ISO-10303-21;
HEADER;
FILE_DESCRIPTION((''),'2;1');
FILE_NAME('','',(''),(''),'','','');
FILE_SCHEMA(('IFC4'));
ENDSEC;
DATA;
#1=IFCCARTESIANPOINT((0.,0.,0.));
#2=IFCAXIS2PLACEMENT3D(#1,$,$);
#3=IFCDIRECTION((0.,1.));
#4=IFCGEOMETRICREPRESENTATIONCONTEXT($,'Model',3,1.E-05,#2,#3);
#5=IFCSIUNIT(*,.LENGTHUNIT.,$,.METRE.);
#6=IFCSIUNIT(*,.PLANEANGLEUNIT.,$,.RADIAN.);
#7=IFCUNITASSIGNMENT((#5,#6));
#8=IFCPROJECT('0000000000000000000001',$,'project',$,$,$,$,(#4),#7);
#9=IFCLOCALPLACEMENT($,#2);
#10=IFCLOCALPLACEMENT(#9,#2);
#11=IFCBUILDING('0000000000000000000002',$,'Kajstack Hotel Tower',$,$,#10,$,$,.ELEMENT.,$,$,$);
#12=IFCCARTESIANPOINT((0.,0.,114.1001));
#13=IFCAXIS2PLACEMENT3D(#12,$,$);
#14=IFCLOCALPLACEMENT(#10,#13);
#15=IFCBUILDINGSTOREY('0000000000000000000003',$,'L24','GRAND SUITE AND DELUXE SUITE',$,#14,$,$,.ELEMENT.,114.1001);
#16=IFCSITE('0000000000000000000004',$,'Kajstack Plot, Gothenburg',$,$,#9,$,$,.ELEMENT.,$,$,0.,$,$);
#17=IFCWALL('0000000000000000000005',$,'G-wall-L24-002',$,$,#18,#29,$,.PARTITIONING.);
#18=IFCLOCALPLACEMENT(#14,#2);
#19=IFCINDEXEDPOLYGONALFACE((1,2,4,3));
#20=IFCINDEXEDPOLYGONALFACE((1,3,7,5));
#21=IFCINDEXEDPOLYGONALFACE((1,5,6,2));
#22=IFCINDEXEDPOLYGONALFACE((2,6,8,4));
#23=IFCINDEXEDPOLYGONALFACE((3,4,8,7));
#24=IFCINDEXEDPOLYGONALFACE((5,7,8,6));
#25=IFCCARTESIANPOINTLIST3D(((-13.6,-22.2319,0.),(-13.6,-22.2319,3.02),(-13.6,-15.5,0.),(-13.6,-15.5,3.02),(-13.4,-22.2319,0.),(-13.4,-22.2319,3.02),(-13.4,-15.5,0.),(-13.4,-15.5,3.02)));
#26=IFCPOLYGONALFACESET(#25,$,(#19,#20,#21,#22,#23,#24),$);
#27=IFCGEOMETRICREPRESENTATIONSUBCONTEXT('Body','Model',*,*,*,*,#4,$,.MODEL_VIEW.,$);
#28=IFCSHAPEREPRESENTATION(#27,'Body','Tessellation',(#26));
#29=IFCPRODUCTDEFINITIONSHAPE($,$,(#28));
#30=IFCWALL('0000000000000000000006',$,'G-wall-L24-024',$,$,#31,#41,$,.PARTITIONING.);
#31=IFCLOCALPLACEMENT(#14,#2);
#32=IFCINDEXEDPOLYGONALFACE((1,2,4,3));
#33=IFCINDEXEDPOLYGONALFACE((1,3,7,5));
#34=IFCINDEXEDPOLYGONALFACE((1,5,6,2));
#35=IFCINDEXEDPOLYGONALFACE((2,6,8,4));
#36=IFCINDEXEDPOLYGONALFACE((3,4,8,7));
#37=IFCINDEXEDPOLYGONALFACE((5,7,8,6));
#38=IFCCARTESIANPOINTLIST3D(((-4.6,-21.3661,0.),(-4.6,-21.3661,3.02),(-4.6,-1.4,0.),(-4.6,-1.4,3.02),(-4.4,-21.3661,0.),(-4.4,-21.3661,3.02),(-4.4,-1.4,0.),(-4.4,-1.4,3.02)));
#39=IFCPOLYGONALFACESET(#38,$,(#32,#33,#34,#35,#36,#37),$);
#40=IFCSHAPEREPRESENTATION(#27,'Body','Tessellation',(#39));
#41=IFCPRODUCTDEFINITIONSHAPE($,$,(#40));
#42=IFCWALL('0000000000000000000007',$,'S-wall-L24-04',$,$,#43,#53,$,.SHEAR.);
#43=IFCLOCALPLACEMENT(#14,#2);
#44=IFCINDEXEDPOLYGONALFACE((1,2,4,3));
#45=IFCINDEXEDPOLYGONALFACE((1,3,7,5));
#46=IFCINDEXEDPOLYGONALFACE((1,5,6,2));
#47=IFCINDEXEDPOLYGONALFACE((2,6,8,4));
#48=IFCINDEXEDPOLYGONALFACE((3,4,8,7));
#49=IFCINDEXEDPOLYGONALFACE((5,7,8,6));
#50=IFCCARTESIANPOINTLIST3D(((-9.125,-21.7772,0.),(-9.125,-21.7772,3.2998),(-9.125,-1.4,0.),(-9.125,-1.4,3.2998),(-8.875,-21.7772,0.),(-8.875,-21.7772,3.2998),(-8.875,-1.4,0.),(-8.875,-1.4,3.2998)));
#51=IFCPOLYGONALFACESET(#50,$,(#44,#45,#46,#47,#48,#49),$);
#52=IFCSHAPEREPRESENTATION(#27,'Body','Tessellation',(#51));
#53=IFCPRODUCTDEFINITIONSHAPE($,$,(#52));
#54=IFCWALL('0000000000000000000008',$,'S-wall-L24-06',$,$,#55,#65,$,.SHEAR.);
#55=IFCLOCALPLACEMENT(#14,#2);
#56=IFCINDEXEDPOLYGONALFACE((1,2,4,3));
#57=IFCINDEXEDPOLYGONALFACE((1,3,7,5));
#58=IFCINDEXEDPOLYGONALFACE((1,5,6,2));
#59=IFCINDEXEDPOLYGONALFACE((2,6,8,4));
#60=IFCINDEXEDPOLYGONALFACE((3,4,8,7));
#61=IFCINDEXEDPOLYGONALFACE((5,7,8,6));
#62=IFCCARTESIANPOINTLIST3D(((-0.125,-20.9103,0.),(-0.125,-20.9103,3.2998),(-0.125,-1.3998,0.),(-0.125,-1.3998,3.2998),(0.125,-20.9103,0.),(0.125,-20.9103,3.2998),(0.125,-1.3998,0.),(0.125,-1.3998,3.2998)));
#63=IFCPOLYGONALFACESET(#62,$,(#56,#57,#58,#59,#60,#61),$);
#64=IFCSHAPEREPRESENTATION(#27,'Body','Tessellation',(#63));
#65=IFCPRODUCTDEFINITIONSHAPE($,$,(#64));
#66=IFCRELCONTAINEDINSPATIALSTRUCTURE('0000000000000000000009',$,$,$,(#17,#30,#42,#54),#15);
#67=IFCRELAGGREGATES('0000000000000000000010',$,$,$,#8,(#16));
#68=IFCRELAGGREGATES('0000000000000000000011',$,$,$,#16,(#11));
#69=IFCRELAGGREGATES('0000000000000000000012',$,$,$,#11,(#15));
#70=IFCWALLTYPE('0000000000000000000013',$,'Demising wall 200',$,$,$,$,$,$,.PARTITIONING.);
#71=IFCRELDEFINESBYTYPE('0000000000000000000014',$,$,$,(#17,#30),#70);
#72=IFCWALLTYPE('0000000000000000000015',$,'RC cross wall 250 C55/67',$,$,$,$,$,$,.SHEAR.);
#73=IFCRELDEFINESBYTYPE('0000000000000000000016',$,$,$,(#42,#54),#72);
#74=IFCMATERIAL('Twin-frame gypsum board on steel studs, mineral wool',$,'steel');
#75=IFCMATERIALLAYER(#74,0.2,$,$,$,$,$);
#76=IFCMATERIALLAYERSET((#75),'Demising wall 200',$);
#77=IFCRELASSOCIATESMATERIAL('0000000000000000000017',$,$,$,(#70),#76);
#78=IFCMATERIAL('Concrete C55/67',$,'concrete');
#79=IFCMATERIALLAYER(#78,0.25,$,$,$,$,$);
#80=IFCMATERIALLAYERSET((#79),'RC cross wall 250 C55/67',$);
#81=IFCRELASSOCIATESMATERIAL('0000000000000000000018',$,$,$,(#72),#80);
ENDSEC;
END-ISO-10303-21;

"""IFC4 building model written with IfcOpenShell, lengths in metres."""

from ifc_helpers import new_model, si_unit, direction, frame, frame_2d, origin, place, context, subcontext, project, spatial, rectangle, extrude, material, layer, layer_set, type_object, element, save


model = new_model("IFC4")

# Units and contexts
model_context = context("Model", 3, precision=1e-05, world=origin(), true_north=direction((0.0, 1.0)))
body_context = subcontext(model_context, "Body", "Model", "MODEL_VIEW")
ifc_project = project(units=[si_unit("LENGTHUNIT", "METRE"), si_unit("PLANEANGLEUNIT", "RADIAN")], contexts=[model_context])

# Site, building, storey
site_placement = place(None, origin())
site = spatial("IfcSite", under=ifc_project, at=site_placement, Name="Kajstack Plot, Gothenburg", CompositionType="ELEMENT", RefElevation=0.0)
building_placement = place(site_placement, origin())
building = spatial("IfcBuilding", under=site, at=building_placement, Name="Kajstack Hotel Tower", CompositionType="ELEMENT")
storey_placement = place(building_placement, frame((0.0, 0.0, 114.1001)))
storey = spatial("IfcBuildingStorey", under=building, at=storey_placement, Name="L24", Description="GRAND SUITE AND DELUXE SUITE", CompositionType="ELEMENT", Elevation=114.1001)

# Walls
ifc_material_1 = material(Name="Twin-frame gypsum board on steel studs, mineral wool", Category="steel")
ifc_layer_1 = layer(ifc_material_1, 0.2)
ifc_layer_set_1 = layer_set([ifc_layer_1], Name="Demising wall 200")
wall_type_1 = type_object("IfcWallType", Name="Demising wall 200", PredefinedType="PARTITIONING", material=ifc_layer_set_1)
wall_1_placement = place(storey_placement, frame((-13.5, -22.2319, 0.0), z_axis=(0.0, 0.0, 1.0), x_axis=(0.0, 1.0, 0.0)))
element("IfcWall", 1, at=wall_1_placement, inside=storey, type_object=wall_type_1, Name="G-wall-L24-002", PredefinedType="PARTITIONING", context=body_context, shape_type="SweptSolid", body=[
    extrude(rectangle(XDim=6.7319, YDim=0.2, at=frame_2d((3.366, 0.0))), origin(), (0.0, 0.0, 1.0), 3.02),
])
wall_2_placement = place(storey_placement, frame((-4.5, -21.366, 0.0), z_axis=(0.0, 0.0, 1.0), x_axis=(0.0, 1.0, 0.0)))
element("IfcWall", 2, at=wall_2_placement, inside=storey, type_object=wall_type_1, Name="G-wall-L24-024", PredefinedType="PARTITIONING", context=body_context, shape_type="SweptSolid", body=[
    extrude(rectangle(XDim=19.9661, YDim=0.2, at=frame_2d((9.9829, 0.0))), origin(), (0.0, 0.0, 1.0), 3.02),
])

# Walls
ifc_material_2 = material(Name="Concrete C55/67", Category="concrete")
ifc_layer_2 = layer(ifc_material_2, 0.25)
ifc_layer_set_2 = layer_set([ifc_layer_2], Name="RC cross wall 250 C55/67")
wall_type_2 = type_object("IfcWallType", Name="RC cross wall 250 C55/67", PredefinedType="SHEAR", material=ifc_layer_set_2)
wall_3_placement = place(storey_placement, frame((-9.0, -21.7771, 0.0), z_axis=(0.0, 0.0, 1.0), x_axis=(0.0, 1.0, 0.0)))
element("IfcWall", 3, at=wall_3_placement, inside=storey, type_object=wall_type_2, Name="S-wall-L24-04", PredefinedType="SHEAR", context=body_context, shape_type="SweptSolid", body=[
    extrude(rectangle(XDim=20.3772, YDim=0.25, at=frame_2d((10.1885, 0.0))), origin(), (0.0, 0.0, 1.0), 3.2998),
])
wall_4_placement = place(storey_placement, frame((0.0, -20.9104, 0.0), z_axis=(0.0, 0.0, 1.0), x_axis=(0.0, 1.0, 0.0)))
element("IfcWall", 4, at=wall_4_placement, inside=storey, type_object=wall_type_2, Name="S-wall-L24-06", PredefinedType="SHEAR", context=body_context, shape_type="SweptSolid", body=[
    extrude(rectangle(XDim=19.5105, YDim=0.25, at=frame_2d((9.7554, 0.0))), origin(), (0.0, 0.0, 1.0), 3.2998),
])

save(model, "model.ifc")
